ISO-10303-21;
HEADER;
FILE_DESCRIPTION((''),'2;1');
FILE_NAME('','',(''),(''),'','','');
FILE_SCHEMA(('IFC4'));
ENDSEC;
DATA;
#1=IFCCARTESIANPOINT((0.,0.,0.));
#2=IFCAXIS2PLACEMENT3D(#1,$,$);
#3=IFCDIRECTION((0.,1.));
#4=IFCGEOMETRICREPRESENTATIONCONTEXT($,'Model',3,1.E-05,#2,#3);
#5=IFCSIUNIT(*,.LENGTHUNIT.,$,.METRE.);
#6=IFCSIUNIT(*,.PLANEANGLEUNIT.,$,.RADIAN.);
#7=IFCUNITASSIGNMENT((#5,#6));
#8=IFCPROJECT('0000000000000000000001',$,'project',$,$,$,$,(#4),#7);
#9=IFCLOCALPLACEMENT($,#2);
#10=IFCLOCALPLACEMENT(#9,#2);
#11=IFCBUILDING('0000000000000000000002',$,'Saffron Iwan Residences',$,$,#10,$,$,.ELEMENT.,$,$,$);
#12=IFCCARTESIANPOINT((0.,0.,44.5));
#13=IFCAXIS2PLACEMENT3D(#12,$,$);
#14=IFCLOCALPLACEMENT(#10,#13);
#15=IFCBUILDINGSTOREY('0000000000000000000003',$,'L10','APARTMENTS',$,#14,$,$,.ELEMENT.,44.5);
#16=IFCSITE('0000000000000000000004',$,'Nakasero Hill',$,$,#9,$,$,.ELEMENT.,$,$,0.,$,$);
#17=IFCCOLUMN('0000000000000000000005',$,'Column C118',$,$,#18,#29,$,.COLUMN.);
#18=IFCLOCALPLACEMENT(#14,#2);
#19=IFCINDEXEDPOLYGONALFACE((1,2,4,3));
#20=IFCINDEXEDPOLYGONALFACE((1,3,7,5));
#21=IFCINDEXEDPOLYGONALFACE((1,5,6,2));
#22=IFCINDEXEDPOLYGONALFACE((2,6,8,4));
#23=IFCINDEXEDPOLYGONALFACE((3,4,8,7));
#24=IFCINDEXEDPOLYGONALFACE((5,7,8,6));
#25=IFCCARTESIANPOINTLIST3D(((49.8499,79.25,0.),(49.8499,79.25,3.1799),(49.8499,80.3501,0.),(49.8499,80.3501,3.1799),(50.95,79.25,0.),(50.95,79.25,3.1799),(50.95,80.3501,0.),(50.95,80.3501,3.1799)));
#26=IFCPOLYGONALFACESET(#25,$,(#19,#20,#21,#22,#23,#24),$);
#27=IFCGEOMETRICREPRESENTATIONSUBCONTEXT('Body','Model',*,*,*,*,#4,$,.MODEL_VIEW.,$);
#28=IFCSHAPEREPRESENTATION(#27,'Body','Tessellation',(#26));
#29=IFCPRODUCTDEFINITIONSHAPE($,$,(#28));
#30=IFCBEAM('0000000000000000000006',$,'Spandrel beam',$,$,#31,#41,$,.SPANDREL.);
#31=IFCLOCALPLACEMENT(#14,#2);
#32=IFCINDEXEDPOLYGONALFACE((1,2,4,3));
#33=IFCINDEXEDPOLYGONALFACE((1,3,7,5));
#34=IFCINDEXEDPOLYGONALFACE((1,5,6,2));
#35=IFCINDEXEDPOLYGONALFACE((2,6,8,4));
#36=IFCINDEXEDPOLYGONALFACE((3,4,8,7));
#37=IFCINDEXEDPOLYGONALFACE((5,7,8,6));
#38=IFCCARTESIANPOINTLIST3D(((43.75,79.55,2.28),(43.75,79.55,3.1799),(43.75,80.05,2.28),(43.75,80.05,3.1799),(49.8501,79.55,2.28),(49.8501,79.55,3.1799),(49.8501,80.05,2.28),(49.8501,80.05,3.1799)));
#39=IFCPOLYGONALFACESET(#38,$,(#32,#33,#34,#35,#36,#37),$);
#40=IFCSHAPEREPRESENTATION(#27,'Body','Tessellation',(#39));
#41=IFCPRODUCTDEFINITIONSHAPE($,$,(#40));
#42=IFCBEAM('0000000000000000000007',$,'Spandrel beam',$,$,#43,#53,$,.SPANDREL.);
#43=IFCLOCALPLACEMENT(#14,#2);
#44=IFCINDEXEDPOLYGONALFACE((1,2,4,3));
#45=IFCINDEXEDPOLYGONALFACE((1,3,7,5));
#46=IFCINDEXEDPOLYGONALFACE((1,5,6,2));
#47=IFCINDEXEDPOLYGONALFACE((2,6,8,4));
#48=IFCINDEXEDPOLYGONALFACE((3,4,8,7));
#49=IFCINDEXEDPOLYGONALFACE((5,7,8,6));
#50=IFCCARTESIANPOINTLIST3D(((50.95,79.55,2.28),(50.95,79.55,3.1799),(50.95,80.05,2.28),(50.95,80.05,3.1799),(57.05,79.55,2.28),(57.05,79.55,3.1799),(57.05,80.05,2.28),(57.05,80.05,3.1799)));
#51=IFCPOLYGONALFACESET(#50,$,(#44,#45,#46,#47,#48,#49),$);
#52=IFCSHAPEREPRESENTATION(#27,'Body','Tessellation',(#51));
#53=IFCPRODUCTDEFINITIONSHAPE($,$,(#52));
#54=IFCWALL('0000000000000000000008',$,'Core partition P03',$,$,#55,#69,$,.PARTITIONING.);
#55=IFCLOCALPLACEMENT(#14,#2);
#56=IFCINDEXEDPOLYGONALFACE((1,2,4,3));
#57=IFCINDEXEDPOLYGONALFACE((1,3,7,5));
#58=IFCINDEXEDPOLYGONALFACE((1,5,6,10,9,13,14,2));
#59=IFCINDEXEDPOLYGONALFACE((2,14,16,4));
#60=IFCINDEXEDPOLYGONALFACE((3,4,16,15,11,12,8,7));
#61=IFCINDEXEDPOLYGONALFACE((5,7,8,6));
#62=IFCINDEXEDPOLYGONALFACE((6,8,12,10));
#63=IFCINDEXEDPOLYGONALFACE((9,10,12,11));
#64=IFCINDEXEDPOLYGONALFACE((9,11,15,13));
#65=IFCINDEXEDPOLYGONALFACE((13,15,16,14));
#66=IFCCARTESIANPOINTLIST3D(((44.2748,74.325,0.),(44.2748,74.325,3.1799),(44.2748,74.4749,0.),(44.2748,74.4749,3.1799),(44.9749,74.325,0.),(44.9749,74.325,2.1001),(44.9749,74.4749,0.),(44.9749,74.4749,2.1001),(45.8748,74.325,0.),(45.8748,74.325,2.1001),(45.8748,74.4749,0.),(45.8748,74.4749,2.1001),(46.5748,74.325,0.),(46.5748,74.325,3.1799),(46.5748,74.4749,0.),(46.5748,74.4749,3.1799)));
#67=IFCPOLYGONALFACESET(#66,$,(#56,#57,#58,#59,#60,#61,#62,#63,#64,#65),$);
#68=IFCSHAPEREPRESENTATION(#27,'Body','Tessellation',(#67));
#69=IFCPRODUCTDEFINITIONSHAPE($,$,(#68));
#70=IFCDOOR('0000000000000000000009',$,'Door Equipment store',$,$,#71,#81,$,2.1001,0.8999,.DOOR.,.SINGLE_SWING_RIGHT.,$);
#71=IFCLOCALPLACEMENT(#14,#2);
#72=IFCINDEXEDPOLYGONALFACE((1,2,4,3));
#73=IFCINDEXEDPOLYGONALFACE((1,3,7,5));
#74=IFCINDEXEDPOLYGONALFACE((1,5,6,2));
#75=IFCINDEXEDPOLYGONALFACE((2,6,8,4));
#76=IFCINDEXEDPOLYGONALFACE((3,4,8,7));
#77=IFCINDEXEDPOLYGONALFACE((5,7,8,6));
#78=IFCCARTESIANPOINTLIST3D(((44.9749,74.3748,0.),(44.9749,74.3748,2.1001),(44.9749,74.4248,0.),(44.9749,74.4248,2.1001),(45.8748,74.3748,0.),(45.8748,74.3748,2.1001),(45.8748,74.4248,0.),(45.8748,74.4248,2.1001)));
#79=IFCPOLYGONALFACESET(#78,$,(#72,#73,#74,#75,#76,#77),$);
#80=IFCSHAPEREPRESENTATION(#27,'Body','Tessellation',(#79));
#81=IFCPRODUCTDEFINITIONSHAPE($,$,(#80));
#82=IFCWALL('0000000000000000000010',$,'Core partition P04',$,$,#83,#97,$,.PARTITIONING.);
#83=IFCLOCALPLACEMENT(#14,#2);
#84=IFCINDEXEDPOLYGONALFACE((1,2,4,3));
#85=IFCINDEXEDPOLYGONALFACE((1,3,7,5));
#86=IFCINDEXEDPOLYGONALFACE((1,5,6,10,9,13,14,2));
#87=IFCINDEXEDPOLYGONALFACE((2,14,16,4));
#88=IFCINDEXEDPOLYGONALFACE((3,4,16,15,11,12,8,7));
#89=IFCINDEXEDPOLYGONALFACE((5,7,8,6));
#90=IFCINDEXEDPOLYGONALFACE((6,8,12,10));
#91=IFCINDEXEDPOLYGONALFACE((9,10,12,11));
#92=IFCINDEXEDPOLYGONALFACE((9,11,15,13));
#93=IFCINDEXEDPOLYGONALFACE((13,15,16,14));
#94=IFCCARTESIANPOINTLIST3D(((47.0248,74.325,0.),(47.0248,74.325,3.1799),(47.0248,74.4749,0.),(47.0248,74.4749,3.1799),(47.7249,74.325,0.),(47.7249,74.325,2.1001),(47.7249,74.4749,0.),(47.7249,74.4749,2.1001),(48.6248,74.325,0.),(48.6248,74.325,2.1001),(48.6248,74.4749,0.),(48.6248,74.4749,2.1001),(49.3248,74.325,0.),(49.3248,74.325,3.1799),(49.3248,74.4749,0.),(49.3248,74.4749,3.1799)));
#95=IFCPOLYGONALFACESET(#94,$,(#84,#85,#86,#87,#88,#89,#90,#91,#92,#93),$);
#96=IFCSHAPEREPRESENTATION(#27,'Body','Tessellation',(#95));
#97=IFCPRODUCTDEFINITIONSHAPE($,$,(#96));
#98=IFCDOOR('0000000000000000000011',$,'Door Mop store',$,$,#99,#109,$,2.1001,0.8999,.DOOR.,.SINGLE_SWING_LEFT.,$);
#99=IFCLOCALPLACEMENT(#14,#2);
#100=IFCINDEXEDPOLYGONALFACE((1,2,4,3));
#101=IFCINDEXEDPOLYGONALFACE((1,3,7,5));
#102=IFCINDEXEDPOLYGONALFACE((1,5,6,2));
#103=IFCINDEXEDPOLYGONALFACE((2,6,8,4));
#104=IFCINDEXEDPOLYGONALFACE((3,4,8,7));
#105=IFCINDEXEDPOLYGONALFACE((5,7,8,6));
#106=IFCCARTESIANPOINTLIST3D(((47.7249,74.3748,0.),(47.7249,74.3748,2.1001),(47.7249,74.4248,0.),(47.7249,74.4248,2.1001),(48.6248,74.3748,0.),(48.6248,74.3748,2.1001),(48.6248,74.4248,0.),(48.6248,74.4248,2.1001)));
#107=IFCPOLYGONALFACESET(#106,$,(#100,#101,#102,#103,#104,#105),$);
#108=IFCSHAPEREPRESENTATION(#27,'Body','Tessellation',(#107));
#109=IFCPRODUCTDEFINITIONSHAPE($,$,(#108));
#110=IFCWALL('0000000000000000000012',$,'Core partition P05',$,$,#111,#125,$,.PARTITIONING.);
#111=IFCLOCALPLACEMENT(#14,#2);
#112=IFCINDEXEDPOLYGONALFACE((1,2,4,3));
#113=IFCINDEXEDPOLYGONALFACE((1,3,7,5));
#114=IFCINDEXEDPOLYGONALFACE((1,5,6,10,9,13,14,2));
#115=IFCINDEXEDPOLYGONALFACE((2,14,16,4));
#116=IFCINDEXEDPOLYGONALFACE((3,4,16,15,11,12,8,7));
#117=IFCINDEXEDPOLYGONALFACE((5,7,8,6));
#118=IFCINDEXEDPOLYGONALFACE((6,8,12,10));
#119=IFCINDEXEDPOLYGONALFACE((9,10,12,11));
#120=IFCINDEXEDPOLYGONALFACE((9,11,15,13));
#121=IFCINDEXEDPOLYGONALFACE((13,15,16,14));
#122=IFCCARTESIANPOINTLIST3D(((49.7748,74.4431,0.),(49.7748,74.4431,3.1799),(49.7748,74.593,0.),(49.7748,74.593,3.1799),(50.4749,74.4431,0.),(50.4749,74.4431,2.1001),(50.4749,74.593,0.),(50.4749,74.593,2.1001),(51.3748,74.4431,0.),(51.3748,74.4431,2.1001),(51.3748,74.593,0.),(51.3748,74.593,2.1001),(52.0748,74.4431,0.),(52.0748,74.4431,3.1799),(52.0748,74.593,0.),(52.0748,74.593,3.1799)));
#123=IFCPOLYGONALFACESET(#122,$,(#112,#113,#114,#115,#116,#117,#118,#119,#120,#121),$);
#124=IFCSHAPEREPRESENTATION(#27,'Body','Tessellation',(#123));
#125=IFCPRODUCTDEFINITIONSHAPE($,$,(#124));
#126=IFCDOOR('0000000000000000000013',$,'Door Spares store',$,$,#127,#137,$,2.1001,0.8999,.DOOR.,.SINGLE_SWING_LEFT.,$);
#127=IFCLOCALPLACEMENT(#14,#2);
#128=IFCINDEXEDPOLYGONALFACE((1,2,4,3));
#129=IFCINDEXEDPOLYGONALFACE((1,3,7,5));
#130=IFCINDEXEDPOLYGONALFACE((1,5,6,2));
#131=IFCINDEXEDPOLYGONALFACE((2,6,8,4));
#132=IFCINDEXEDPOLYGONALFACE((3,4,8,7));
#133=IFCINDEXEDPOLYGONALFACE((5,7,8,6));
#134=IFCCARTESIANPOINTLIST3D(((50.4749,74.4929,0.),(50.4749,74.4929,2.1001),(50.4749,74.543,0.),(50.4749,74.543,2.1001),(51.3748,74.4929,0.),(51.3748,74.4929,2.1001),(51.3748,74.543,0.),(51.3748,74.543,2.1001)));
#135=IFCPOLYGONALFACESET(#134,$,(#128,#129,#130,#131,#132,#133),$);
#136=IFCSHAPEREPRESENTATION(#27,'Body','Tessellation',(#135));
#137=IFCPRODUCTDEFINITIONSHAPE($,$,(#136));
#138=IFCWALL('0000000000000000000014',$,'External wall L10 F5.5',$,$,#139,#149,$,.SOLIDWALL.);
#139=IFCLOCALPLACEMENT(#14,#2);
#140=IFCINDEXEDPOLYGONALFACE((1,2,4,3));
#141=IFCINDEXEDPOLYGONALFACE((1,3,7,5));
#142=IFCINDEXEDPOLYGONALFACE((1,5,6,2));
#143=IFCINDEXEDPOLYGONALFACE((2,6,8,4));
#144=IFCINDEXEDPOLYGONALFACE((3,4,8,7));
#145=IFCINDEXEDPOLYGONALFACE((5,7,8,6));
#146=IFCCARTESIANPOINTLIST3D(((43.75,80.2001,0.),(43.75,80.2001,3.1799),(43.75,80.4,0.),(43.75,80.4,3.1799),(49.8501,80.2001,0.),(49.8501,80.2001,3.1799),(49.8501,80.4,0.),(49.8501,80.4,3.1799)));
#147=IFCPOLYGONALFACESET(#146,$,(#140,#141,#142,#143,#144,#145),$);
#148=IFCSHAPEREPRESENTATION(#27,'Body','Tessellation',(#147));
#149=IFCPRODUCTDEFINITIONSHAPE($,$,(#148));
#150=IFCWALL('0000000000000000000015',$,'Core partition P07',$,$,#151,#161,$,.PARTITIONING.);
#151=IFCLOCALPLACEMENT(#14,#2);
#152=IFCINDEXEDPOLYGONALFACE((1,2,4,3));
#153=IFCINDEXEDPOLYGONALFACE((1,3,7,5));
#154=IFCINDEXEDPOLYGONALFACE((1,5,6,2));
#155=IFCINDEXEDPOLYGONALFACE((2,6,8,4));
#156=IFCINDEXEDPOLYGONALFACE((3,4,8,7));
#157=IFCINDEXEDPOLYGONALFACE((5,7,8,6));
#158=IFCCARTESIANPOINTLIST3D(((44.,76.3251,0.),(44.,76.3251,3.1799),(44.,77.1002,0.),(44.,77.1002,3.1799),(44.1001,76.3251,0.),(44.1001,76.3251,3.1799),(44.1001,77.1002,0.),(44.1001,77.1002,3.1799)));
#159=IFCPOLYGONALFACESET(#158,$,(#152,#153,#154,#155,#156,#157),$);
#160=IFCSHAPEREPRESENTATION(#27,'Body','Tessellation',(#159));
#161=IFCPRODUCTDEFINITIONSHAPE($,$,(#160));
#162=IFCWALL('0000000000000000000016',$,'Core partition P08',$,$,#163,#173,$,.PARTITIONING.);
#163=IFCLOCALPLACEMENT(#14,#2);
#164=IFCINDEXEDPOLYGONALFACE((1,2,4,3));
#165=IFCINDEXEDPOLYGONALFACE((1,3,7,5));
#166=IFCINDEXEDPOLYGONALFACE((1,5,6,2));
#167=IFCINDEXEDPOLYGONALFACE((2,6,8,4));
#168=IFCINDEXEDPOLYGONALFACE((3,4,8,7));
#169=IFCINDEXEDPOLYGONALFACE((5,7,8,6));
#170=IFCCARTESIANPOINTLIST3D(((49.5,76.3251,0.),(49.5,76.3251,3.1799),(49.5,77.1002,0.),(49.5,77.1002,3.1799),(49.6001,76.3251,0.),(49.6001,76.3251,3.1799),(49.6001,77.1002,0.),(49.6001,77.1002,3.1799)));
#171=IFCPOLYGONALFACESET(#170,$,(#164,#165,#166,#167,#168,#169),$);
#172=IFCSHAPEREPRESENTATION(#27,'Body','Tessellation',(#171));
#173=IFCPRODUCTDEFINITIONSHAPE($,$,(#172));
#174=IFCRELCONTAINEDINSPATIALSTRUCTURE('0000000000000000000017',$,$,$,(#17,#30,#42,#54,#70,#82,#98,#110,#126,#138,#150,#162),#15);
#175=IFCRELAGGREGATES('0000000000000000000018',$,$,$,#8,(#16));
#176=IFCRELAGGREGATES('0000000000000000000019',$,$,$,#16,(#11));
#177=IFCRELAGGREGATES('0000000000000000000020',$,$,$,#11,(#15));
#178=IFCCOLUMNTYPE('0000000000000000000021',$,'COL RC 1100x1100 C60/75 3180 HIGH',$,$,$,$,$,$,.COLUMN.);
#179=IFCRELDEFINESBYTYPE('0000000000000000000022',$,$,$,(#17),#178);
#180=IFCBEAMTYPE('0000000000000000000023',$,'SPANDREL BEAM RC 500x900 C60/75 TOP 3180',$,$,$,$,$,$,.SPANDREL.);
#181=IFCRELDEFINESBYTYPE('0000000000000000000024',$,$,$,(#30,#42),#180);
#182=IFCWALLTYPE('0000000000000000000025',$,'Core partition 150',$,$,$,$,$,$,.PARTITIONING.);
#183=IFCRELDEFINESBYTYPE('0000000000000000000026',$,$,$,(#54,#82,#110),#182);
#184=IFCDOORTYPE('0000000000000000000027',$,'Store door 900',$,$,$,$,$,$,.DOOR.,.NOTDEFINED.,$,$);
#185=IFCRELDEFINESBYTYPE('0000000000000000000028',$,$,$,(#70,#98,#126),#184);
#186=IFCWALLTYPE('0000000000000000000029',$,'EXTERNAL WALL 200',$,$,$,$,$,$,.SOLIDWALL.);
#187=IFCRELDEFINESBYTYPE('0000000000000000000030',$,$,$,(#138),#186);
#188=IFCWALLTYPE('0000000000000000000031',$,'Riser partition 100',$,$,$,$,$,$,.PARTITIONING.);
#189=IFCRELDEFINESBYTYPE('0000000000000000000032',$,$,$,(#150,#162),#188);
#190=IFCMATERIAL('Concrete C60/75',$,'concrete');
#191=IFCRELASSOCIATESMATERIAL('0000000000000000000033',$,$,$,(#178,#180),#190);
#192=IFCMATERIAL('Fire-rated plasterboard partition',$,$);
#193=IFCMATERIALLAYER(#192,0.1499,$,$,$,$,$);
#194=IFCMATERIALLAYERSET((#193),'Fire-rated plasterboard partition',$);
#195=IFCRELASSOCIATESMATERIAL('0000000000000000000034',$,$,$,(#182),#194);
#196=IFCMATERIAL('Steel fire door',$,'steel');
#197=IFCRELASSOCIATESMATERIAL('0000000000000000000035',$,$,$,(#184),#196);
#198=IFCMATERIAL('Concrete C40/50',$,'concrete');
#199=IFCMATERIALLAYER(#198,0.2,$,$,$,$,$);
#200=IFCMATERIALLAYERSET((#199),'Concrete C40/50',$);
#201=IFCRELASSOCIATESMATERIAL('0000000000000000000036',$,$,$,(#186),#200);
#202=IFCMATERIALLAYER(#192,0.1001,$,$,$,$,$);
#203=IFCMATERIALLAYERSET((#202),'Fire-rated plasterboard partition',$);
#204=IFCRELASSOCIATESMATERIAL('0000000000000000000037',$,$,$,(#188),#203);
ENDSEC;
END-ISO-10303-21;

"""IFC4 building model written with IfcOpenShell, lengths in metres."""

from ifc_helpers import new_model, si_unit, direction, frame, frame_2d, origin, origin_2d, place, context, subcontext, project, spatial, rectangle, extrude, source, transform, mapped, material, layer, layer_set, material_profile, profile_set, type_object, element, fill, save


model = new_model("IFC4")

# Units and contexts
model_context = context("Model", 3, precision=1e-05, world=origin(), true_north=direction((0.0, 1.0)))
body_context = subcontext(model_context, "Body", "Model", "MODEL_VIEW")
ifc_project = project(units=[si_unit("LENGTHUNIT", "METRE"), si_unit("PLANEANGLEUNIT", "RADIAN")], contexts=[model_context])

# Site, building, storey
site_placement = place(None, origin())
site = spatial("IfcSite", under=ifc_project, at=site_placement, Name="Nakasero Hill", CompositionType="ELEMENT", RefElevation=0.0)
building_placement = place(site_placement, origin())
building = spatial("IfcBuilding", under=site, at=building_placement, Name="Saffron Iwan Residences", CompositionType="ELEMENT")
storey_placement = place(building_placement, frame((0.0, 0.0, 44.5)))
storey = spatial("IfcBuildingStorey", under=building, at=storey_placement, Name="L10", Description="APARTMENTS", CompositionType="ELEMENT", Elevation=44.5)

# Column
ifc_material_1 = material(Name="Concrete C60/75", Category="concrete")
ifc_material_profile_1 = material_profile(ifc_material_1, rectangle(XDim=1.1001, YDim=1.1001, at=origin_2d()), Name="RC 1100x1100")
ifc_profile_set_1 = profile_set([ifc_material_profile_1], Name="Concrete C60/75")
column_type = type_object("IfcColumnType", Name="COL RC 1100x1100 C60/75 3180 HIGH", PredefinedType="COLUMN", material=ifc_profile_set_1)
shared_shape_1 = source(origin(), body_context, "Body", "SweptSolid", [
    extrude(rectangle(XDim=1.1001, YDim=1.1001, at=origin_2d()), origin(), (0.0, 0.0, 1.0), 3.1799),
])
column_placement = place(storey_placement, frame((50.3999, 79.8, 0.0), z_axis=(0.0, 0.0, 1.0), x_axis=(1.0, 0.0, 0.0)))
element("IfcColumn", 1, at=column_placement, inside=storey, type_object=column_type, Name="Column C118", PredefinedType="COLUMN", context=body_context, shape_type="MappedRepresentation", body=[
    mapped(shared_shape_1, transform((0.0, 0.0, 0.0))),
])

# Beams
ifc_material_profile_2 = material_profile(ifc_material_1, rectangle(XDim=0.5, YDim=0.8999, at=origin_2d()), Name="RC 500x900")
ifc_profile_set_2 = profile_set([ifc_material_profile_2], Name="Concrete C60/75")
beam_type = type_object("IfcBeamType", Name="SPANDREL BEAM RC 500x900 C60/75 TOP 3180", PredefinedType="SPANDREL", material=ifc_profile_set_2)
shared_shape_2 = source(origin(), body_context, "Body", "SweptSolid", [
    extrude(rectangle(XDim=0.5, YDim=0.8999, at=origin_2d()), origin(), (0.0, 0.0, 1.0), 6.1001),
])
for number, where, z_axis, x_axis, name in (
    (2, (43.75, 79.8, 2.73), (1.0, 0.0, 0.0), (0.0, 1.0, 0.0), "Spandrel beam"),
    (3, (50.95, 79.8, 2.73), (1.0, 0.0, 0.0), (0.0, 1.0, 0.0), "Spandrel beam"),
):
    element("IfcBeam", number, at=place(storey_placement, frame(where, z_axis=z_axis, x_axis=x_axis)), inside=storey, type_object=beam_type, Name=name, PredefinedType="SPANDREL", context=body_context, shape_type="MappedRepresentation", body=[
        mapped(shared_shape_2, transform((0.0, 0.0, 0.0))),
    ])

# Walls, openings, doors
ifc_material_2 = material(Name="Fire-rated plasterboard partition")
ifc_layer_1 = layer(ifc_material_2, 0.1499)
ifc_layer_set_1 = layer_set([ifc_layer_1], Name="Fire-rated plasterboard partition")
wall_type_1 = type_object("IfcWallType", Name="Core partition 150", PredefinedType="PARTITIONING", material=ifc_layer_set_1)
wall_1_placement = place(storey_placement, frame((44.2749, 74.3999, 0.0), z_axis=(0.0, 0.0, 1.0), x_axis=(1.0, 0.0, 0.0)))
wall_1 = element("IfcWall", 4, at=wall_1_placement, inside=storey, type_object=wall_type_1, Name="Core partition P03", PredefinedType="PARTITIONING", context=body_context, shape_type="SweptSolid", body=[
    extrude(rectangle(XDim=2.3, YDim=0.1499, at=frame_2d((1.1499, 0.0))), origin(), (0.0, 0.0, 1.0), 3.1799),
])
opening_1_placement = place(wall_1_placement, frame((0.7, 0.0, 0.0)))
opening_1 = element("IfcOpeningElement", 5, at=opening_1_placement, cuts=wall_1, PredefinedType="OPENING", context=body_context, shape_type="SweptSolid", body=[
    extrude(rectangle(XDim=0.8999, YDim=2.1001, at=frame_2d((0.45, 1.05))), frame((0.0, 0.085, 0.0), z_axis=(0.0, -1.0, 0.0), x_axis=(1.0, 0.0, 0.0)), (0.0, 0.0, 1.0), 0.1699),
])
ifc_material_3 = material(Name="Steel fire door", Category="steel")
door_type = type_object("IfcDoorType", Name="Store door 900", OperationType="NOTDEFINED", PredefinedType="DOOR", material=ifc_material_3)
door_1_placement = place(opening_1_placement, origin())
door_1 = element("IfcDoor", 6, at=door_1_placement, inside=storey, type_object=door_type, Name="Door Equipment store", OperationType="SINGLE_SWING_RIGHT", OverallHeight=2.1001, OverallWidth=0.8999, PredefinedType="DOOR", context=body_context, shape_type="SweptSolid", body=[
    extrude(rectangle(XDim=0.8999, YDim=2.1001, at=frame_2d((0.45, 1.05))), frame((0.0, 0.0249, 0.0), z_axis=(0.0, -1.0, 0.0), x_axis=(1.0, 0.0, 0.0)), (0.0, 0.0, 1.0), 0.05),
])
fill(opening_1, door_1)
wall_2_placement = place(storey_placement, frame((47.0249, 74.3999, 0.0), z_axis=(0.0, 0.0, 1.0), x_axis=(1.0, 0.0, 0.0)))
wall_2 = element("IfcWall", 7, at=wall_2_placement, inside=storey, type_object=wall_type_1, Name="Core partition P04", PredefinedType="PARTITIONING", context=body_context, shape_type="SweptSolid", body=[
    extrude(rectangle(XDim=2.3, YDim=0.1499, at=frame_2d((1.1499, 0.0))), origin(), (0.0, 0.0, 1.0), 3.1799),
])
opening_2_placement = place(wall_2_placement, frame((0.7, 0.0, 0.0)))
opening_2 = element("IfcOpeningElement", 8, at=opening_2_placement, cuts=wall_2, PredefinedType="OPENING", context=body_context, shape_type="SweptSolid", body=[
    extrude(rectangle(XDim=0.8999, YDim=2.1001, at=frame_2d((0.45, 1.05))), frame((0.0, 0.085, 0.0), z_axis=(0.0, -1.0, 0.0), x_axis=(1.0, 0.0, 0.0)), (0.0, 0.0, 1.0), 0.1699),
])
door_2_placement = place(opening_2_placement, origin())
door_2 = element("IfcDoor", 9, at=door_2_placement, inside=storey, type_object=door_type, Name="Door Mop store", OperationType="SINGLE_SWING_LEFT", OverallHeight=2.1001, OverallWidth=0.8999, PredefinedType="DOOR", context=body_context, shape_type="SweptSolid", body=[
    extrude(rectangle(XDim=0.8999, YDim=2.1001, at=frame_2d((0.45, 1.05))), frame((0.0, 0.0249, 0.0), z_axis=(0.0, -1.0, 0.0), x_axis=(1.0, 0.0, 0.0)), (0.0, 0.0, 1.0), 0.05),
])
fill(opening_2, door_2)
wall_3_placement = place(storey_placement, frame((49.7749, 74.5181, 0.0), z_axis=(0.0, 0.0, 1.0), x_axis=(1.0, 0.0, 0.0)))
wall_3 = element("IfcWall", 10, at=wall_3_placement, inside=storey, type_object=wall_type_1, Name="Core partition P05", PredefinedType="PARTITIONING", context=body_context, shape_type="SweptSolid", body=[
    extrude(rectangle(XDim=2.3, YDim=0.1499, at=frame_2d((1.1499, 0.0))), origin(), (0.0, 0.0, 1.0), 3.1799),
])
opening_3_placement = place(wall_3_placement, frame((0.7, 0.0, 0.0)))
opening_3 = element("IfcOpeningElement", 11, at=opening_3_placement, cuts=wall_3, PredefinedType="OPENING", context=body_context, shape_type="SweptSolid", body=[
    extrude(rectangle(XDim=0.8999, YDim=2.1001, at=frame_2d((0.45, 1.05))), frame((0.0, 0.085, 0.0), z_axis=(0.0, -1.0, 0.0), x_axis=(1.0, 0.0, 0.0)), (0.0, 0.0, 1.0), 0.1699),
])
door_3_placement = place(opening_3_placement, origin())
door_3 = element("IfcDoor", 12, at=door_3_placement, inside=storey, type_object=door_type, Name="Door Spares store", OperationType="SINGLE_SWING_LEFT", OverallHeight=2.1001, OverallWidth=0.8999, PredefinedType="DOOR", context=body_context, shape_type="SweptSolid", body=[
    extrude(rectangle(XDim=0.8999, YDim=2.1001, at=frame_2d((0.45, 1.05))), frame((0.0, 0.0249, 0.0), z_axis=(0.0, -1.0, 0.0), x_axis=(1.0, 0.0, 0.0)), (0.0, 0.0, 1.0), 0.05),
])
fill(opening_3, door_3)

# Walls
ifc_material_4 = material(Name="Concrete C40/50", Category="concrete")
ifc_layer_2 = layer(ifc_material_4, 0.2)
ifc_layer_set_2 = layer_set([ifc_layer_2], Name="Concrete C40/50")
wall_type_2 = type_object("IfcWallType", Name="EXTERNAL WALL 200", PredefinedType="SOLIDWALL", material=ifc_layer_set_2)
wall_4_placement = place(storey_placement, frame((49.8501, 80.3, 0.0), z_axis=(0.0, 0.0, 1.0), x_axis=(-1.0, 0.0, 0.0)))
element("IfcWall", 13, at=wall_4_placement, inside=storey, type_object=wall_type_2, Name="External wall L10 F5.5", PredefinedType="SOLIDWALL", context=body_context, shape_type="SweptSolid", body=[
    extrude(rectangle(XDim=6.1001, YDim=0.2, at=frame_2d((3.05, 0.0))), origin(), (0.0, 0.0, 1.0), 3.1799),
])
ifc_layer_3 = layer(ifc_material_2, 0.1001)
ifc_layer_set_3 = layer_set([ifc_layer_3], Name="Fire-rated plasterboard partition")
wall_type_3 = type_object("IfcWallType", Name="Riser partition 100", PredefinedType="PARTITIONING", material=ifc_layer_set_3)
for number, where, z_axis, x_axis, name in (
    (14, (44.05, 76.325, 0.0), (0.0, 0.0, 1.0), (0.0, 1.0, 0.0), "Core partition P07"),
    (15, (49.55, 76.325, 0.0), (0.0, 0.0, 1.0), (0.0, 1.0, 0.0), "Core partition P08"),
):
    element("IfcWall", number, at=place(storey_placement, frame(where, z_axis=z_axis, x_axis=x_axis)), inside=storey, type_object=wall_type_3, Name=name, PredefinedType="PARTITIONING", context=body_context, shape_type="SweptSolid", body=[
        extrude(rectangle(XDim=0.7751, YDim=0.1001, at=frame_2d((0.3877, 0.0))), origin(), (0.0, 0.0, 1.0), 3.1799),
    ])

save(model, "model.ifc")
